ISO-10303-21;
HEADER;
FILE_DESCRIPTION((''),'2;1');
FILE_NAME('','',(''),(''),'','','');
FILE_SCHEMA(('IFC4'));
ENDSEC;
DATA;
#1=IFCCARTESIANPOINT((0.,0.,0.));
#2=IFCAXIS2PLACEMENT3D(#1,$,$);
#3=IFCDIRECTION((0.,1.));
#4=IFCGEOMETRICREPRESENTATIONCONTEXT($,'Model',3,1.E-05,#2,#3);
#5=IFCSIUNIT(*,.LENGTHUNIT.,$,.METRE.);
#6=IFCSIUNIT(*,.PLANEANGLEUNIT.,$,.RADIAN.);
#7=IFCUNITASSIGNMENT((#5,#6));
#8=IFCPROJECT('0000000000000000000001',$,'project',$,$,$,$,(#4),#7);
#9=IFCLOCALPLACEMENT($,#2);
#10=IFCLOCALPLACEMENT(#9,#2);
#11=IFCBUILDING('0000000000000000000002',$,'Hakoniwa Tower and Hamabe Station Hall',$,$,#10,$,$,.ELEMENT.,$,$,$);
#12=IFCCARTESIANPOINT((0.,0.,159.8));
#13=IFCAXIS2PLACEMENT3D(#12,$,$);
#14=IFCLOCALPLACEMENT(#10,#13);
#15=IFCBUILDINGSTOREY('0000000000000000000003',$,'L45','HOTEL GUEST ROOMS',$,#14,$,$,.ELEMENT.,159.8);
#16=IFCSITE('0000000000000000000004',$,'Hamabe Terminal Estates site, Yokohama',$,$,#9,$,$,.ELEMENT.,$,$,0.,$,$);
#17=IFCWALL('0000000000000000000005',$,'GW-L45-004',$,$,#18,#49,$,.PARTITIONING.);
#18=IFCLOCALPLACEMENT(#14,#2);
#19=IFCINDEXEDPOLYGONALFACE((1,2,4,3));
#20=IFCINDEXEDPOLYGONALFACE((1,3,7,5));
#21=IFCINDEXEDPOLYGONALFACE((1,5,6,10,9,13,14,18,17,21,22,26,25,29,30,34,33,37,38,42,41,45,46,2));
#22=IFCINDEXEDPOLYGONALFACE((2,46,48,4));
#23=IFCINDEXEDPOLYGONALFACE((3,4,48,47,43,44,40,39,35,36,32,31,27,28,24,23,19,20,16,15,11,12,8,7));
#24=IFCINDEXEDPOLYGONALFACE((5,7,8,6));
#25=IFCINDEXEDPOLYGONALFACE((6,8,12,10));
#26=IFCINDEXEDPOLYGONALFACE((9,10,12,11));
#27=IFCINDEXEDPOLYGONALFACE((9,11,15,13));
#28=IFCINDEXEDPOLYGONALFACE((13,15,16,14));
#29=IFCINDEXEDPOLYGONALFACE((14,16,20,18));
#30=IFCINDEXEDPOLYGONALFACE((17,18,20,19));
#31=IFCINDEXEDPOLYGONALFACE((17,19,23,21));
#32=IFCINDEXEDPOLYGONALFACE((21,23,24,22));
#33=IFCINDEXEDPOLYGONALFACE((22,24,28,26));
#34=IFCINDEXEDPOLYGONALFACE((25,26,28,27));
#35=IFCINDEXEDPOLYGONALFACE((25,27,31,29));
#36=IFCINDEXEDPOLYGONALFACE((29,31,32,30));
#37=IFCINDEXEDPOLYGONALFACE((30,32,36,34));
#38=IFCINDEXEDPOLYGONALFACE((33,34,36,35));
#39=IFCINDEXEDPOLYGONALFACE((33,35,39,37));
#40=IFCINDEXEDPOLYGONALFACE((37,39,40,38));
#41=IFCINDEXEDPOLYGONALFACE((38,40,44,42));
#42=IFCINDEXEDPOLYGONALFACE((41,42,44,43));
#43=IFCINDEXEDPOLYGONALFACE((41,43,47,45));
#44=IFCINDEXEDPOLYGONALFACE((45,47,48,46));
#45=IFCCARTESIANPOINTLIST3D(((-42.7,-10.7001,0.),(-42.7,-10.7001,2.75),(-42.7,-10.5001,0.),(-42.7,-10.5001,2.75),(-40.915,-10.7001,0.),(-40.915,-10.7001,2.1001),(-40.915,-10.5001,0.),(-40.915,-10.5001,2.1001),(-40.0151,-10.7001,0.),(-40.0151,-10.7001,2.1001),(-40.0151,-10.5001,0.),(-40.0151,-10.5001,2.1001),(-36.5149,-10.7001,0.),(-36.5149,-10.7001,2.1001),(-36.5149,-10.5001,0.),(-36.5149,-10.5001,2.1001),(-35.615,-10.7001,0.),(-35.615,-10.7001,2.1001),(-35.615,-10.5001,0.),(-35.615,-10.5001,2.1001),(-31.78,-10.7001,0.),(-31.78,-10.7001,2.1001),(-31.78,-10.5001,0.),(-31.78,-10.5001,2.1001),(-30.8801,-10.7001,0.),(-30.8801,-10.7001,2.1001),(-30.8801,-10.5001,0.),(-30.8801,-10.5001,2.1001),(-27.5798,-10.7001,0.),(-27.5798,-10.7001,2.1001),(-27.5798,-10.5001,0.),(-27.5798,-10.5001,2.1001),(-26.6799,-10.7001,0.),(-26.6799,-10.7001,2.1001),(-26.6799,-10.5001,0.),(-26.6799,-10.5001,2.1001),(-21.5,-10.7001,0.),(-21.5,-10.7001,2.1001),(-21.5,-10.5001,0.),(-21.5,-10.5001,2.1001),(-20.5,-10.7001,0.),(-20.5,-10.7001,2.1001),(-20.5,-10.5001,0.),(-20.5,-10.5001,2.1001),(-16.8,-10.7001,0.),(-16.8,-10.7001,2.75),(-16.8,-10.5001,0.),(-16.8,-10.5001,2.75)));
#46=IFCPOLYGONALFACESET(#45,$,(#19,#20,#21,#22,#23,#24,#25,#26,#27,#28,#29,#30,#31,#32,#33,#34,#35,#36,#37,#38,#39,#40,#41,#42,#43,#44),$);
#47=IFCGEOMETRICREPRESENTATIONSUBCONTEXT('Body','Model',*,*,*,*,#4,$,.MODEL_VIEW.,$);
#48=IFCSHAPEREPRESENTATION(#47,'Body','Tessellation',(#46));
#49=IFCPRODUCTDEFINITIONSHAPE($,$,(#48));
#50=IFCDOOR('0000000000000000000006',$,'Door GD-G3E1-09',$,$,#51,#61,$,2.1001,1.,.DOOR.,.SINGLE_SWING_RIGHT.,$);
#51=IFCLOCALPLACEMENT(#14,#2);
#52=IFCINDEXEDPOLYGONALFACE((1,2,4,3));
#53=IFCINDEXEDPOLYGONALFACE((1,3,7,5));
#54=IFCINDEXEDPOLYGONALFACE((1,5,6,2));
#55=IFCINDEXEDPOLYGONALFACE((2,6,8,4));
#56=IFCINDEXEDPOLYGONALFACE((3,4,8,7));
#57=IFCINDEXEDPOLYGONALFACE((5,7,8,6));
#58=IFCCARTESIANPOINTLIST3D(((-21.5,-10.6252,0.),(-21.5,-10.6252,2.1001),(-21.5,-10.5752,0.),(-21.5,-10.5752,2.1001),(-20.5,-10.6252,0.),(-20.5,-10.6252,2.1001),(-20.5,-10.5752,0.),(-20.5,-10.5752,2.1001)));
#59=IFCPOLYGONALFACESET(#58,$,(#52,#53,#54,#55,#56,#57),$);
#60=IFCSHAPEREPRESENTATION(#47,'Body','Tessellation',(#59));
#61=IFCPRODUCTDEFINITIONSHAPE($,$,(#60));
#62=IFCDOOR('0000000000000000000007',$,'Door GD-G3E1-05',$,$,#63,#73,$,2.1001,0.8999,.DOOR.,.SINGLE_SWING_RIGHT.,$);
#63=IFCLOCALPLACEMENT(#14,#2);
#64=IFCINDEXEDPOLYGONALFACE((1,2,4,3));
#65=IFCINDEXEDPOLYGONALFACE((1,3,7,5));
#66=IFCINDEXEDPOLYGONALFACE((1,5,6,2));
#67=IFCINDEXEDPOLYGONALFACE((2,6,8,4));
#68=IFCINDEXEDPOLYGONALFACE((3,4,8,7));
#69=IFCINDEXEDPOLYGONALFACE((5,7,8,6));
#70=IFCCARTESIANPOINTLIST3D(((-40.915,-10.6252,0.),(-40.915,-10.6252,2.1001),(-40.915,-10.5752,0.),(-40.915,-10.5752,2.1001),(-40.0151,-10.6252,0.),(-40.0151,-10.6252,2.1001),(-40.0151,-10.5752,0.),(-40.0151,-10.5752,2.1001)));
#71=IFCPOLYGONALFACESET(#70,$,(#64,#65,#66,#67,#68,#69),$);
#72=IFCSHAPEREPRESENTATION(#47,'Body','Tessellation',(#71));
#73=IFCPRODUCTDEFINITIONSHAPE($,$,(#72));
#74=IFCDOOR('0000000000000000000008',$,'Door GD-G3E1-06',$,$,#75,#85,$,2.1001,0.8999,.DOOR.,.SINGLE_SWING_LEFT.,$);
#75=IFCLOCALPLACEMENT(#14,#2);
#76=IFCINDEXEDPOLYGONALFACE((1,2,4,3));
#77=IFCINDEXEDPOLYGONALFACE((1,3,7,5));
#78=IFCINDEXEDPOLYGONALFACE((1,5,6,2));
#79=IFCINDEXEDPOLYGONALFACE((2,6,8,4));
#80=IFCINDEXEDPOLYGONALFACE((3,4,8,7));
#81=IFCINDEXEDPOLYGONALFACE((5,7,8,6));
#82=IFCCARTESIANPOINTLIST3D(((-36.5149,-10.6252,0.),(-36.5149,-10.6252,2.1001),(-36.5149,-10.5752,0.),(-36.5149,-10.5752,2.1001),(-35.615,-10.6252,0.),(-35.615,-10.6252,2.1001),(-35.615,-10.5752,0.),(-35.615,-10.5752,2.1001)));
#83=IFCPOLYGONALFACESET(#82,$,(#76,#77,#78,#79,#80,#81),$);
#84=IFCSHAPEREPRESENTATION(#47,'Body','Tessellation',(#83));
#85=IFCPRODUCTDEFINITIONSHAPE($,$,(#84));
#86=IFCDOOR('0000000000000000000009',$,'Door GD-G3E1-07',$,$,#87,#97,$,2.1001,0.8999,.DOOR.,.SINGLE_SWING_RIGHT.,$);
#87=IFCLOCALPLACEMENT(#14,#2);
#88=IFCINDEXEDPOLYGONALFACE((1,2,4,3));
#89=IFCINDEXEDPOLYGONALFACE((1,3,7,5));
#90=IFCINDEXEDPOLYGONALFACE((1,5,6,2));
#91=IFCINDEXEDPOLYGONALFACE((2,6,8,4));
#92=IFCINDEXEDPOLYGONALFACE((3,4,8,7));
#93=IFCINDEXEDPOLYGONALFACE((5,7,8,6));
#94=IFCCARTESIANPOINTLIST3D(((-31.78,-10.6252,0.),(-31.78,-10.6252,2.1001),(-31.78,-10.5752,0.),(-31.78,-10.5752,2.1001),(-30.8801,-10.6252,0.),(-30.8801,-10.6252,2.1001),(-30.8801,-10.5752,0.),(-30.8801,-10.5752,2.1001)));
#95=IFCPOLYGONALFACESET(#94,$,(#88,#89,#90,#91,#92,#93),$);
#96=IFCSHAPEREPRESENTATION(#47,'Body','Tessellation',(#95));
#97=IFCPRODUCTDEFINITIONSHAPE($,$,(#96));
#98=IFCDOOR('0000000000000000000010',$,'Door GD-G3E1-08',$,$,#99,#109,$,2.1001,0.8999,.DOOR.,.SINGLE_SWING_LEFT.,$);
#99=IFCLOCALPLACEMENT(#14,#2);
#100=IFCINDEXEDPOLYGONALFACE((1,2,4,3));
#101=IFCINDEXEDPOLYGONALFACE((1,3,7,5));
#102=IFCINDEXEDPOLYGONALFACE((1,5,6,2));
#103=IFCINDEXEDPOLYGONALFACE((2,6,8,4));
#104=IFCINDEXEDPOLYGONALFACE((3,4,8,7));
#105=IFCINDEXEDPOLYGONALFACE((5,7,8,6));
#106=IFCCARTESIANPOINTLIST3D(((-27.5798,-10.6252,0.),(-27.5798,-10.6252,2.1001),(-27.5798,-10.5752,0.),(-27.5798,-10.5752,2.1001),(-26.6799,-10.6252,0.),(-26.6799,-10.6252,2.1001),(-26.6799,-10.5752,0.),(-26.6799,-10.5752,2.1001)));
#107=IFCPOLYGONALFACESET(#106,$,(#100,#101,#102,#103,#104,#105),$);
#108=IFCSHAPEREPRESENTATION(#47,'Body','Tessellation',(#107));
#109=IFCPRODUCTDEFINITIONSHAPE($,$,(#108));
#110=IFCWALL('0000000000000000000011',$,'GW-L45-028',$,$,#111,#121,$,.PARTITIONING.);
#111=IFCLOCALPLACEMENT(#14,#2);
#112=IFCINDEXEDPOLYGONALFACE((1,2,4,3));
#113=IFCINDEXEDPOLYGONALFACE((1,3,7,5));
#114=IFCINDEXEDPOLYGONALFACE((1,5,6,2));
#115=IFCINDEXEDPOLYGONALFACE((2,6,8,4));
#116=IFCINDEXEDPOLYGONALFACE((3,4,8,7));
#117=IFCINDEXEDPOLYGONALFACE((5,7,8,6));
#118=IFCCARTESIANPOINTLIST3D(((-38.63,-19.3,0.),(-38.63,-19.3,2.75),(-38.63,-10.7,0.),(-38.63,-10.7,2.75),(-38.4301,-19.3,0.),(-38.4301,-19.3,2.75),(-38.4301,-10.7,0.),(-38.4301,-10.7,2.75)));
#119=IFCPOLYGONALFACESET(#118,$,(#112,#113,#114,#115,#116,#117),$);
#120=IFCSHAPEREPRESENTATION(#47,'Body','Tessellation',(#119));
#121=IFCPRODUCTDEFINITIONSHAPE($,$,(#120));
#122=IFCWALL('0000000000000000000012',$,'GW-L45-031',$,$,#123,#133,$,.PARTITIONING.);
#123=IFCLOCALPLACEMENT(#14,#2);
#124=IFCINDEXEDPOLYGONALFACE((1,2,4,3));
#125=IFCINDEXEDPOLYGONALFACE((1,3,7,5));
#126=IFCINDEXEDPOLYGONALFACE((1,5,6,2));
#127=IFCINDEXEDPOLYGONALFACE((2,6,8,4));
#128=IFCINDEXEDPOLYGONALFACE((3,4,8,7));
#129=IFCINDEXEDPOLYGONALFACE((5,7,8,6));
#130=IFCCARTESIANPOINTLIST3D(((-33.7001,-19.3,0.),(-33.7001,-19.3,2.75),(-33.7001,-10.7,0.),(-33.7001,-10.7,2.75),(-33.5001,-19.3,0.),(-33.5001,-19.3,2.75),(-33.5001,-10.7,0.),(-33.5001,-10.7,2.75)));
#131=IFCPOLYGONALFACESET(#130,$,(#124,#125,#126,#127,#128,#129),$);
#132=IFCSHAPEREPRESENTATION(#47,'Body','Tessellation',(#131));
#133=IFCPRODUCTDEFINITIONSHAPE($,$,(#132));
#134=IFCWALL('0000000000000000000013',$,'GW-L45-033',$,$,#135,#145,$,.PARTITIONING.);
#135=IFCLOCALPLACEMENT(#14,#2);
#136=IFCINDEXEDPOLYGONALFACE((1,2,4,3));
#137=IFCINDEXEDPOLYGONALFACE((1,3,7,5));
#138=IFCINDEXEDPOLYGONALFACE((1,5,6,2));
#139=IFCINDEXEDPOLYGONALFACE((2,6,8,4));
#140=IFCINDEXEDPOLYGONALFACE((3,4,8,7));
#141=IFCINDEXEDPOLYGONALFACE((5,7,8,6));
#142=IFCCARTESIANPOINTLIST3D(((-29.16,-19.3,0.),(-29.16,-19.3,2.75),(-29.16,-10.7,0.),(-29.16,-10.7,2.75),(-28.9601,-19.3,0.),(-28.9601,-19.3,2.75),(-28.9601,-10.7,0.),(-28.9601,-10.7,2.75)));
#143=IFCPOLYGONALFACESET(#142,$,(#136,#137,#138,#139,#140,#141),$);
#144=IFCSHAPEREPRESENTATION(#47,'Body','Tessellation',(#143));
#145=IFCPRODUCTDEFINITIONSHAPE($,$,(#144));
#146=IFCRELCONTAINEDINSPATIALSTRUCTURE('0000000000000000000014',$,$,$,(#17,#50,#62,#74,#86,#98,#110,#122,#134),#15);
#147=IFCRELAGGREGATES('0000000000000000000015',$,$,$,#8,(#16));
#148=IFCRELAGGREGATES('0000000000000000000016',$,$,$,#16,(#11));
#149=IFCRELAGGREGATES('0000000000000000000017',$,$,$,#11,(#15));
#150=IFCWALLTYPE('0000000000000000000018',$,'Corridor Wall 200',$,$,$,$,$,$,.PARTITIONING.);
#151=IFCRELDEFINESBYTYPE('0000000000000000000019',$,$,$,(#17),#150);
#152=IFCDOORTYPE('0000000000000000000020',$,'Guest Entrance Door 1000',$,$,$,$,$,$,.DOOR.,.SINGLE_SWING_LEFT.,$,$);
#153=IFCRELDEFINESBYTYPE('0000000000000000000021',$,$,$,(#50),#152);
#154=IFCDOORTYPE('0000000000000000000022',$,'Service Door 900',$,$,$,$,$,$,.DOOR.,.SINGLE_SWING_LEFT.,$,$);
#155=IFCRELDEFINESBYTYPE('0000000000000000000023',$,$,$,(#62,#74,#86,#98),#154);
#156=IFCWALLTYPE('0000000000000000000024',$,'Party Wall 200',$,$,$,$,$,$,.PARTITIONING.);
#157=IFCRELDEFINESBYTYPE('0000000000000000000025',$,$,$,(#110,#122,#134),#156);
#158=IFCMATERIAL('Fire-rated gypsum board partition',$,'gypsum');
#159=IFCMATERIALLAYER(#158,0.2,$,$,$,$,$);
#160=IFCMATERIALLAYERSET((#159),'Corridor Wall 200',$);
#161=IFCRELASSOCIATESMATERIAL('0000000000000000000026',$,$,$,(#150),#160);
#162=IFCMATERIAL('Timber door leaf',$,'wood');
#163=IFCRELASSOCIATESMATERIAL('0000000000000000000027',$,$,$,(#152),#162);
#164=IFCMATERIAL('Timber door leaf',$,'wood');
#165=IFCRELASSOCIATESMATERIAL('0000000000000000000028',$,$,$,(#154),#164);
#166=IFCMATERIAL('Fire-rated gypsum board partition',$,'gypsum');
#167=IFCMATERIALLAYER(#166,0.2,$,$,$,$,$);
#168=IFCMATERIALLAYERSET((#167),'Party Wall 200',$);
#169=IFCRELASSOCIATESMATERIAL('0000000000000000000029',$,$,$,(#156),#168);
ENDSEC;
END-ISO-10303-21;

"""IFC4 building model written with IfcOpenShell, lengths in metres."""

from ifc_helpers import new_model, si_unit, direction, frame, frame_2d, origin, place, context, subcontext, project, spatial, rectangle, extrude, material, layer, layer_set, type_object, element, fill, save


model = new_model("IFC4")

# Units and contexts
model_context = context("Model", 3, precision=1e-05, world=origin(), true_north=direction((0.0, 1.0)))
body_context = subcontext(model_context, "Body", "Model", "MODEL_VIEW")
ifc_project = project(units=[si_unit("LENGTHUNIT", "METRE"), si_unit("PLANEANGLEUNIT", "RADIAN")], contexts=[model_context])

# Site, building, storey
site_placement = place(None, origin())
site = spatial("IfcSite", under=ifc_project, at=site_placement, Name="Hamabe Terminal Estates site, Yokohama", CompositionType="ELEMENT", RefElevation=0.0)
building_placement = place(site_placement, origin())
building = spatial("IfcBuilding", under=site, at=building_placement, Name="Hakoniwa Tower and Hamabe Station Hall", CompositionType="ELEMENT")
storey_placement = place(building_placement, frame((0.0, 0.0, 159.8)))
storey = spatial("IfcBuildingStorey", under=building, at=storey_placement, Name="L45", Description="HOTEL GUEST ROOMS", CompositionType="ELEMENT", Elevation=159.8)

# Wall, openings, doors
ifc_material_1 = material(Name="Fire-rated gypsum board partition", Category="gypsum")
ifc_layer_1 = layer(ifc_material_1, 0.2)
ifc_layer_set_1 = layer_set([ifc_layer_1], Name="Corridor Wall 200")
wall_type_1 = type_object("IfcWallType", Name="Corridor Wall 200", PredefinedType="PARTITIONING", material=ifc_layer_set_1)
wall_1_placement = place(storey_placement, frame((-42.7, -10.6001, 0.0), z_axis=(0.0, 0.0, 1.0), x_axis=(1.0, 0.0, 0.0)))
wall_1 = element("IfcWall", 1, at=wall_1_placement, inside=storey, type_object=wall_type_1, Name="GW-L45-004", PredefinedType="PARTITIONING", context=body_context, shape_type="SweptSolid", body=[
    extrude(rectangle(XDim=25.8999, YDim=0.2, at=frame_2d((12.95, 0.0))), origin(), (0.0, 0.0, 1.0), 2.75),
])
opening_1_placement = place(wall_1_placement, frame((1.7849, 0.0, 0.0)))
opening_1 = element("IfcOpeningElement", 2, at=opening_1_placement, cuts=wall_1, PredefinedType="OPENING", context=body_context, shape_type="SweptSolid", body=[
    extrude(rectangle(XDim=0.8999, YDim=2.1001, at=frame_2d((0.45, 1.05))), frame((0.0, 0.1099, 0.0), z_axis=(0.0, -1.0, 0.0), x_axis=(1.0, 0.0, 0.0)), (0.0, 0.0, 1.0), 0.22),
])
opening_2_placement = place(wall_1_placement, frame((6.1851, 0.0, 0.0)))
opening_2 = element("IfcOpeningElement", 3, at=opening_2_placement, cuts=wall_1, PredefinedType="OPENING", context=body_context, shape_type="SweptSolid", body=[
    extrude(rectangle(XDim=0.8999, YDim=2.1001, at=frame_2d((0.45, 1.05))), frame((0.0, 0.1099, 0.0), z_axis=(0.0, -1.0, 0.0), x_axis=(1.0, 0.0, 0.0)), (0.0, 0.0, 1.0), 0.22),
])
opening_3_placement = place(wall_1_placement, frame((10.9199, 0.0, 0.0)))
opening_3 = element("IfcOpeningElement", 4, at=opening_3_placement, cuts=wall_1, PredefinedType="OPENING", context=body_context, shape_type="SweptSolid", body=[
    extrude(rectangle(XDim=0.8999, YDim=2.1001, at=frame_2d((0.45, 1.05))), frame((0.0, 0.1099, 0.0), z_axis=(0.0, -1.0, 0.0), x_axis=(1.0, 0.0, 0.0)), (0.0, 0.0, 1.0), 0.22),
])
opening_4_placement = place(wall_1_placement, frame((15.1201, 0.0, 0.0)))
opening_4 = element("IfcOpeningElement", 5, at=opening_4_placement, cuts=wall_1, PredefinedType="OPENING", context=body_context, shape_type="SweptSolid", body=[
    extrude(rectangle(XDim=0.8999, YDim=2.1001, at=frame_2d((0.45, 1.05))), frame((0.0, 0.1099, 0.0), z_axis=(0.0, -1.0, 0.0), x_axis=(1.0, 0.0, 0.0)), (0.0, 0.0, 1.0), 0.22),
])
opening_5_placement = place(wall_1_placement, frame((21.2, 0.0, 0.0)))
opening_5 = element("IfcOpeningElement", 6, at=opening_5_placement, cuts=wall_1, PredefinedType="OPENING", context=body_context, shape_type="SweptSolid", body=[
    extrude(rectangle(XDim=1.0, YDim=2.1001, at=frame_2d((0.5, 1.05))), frame((0.0, 0.1099, 0.0), z_axis=(0.0, -1.0, 0.0), x_axis=(1.0, 0.0, 0.0)), (0.0, 0.0, 1.0), 0.22),
])
ifc_material_2 = material(Name="Timber door leaf", Category="wood")
door_type_1 = type_object("IfcDoorType", Name="Guest Entrance Door 1000", OperationType="SINGLE_SWING_LEFT", PredefinedType="DOOR", material=ifc_material_2)
door_1_placement = place(opening_5_placement, origin())
door_1 = element("IfcDoor", 7, at=door_1_placement, inside=storey, type_object=door_type_1, Name="Door GD-G3E1-09", OperationType="SINGLE_SWING_RIGHT", OverallHeight=2.1001, OverallWidth=1.0, PredefinedType="DOOR", context=body_context, shape_type="SweptSolid", body=[
    extrude(rectangle(XDim=1.0, YDim=2.1001, at=frame_2d((0.5, 1.05))), frame((0.0, 0.0249, 0.0), z_axis=(0.0, -1.0, 0.0), x_axis=(1.0, 0.0, 0.0)), (0.0, 0.0, 1.0), 0.05),
])
fill(opening_5, door_1)
ifc_material_3 = material(Name="Timber door leaf", Category="wood")
door_type_2 = type_object("IfcDoorType", Name="Service Door 900", OperationType="SINGLE_SWING_LEFT", PredefinedType="DOOR", material=ifc_material_3)
door_2_placement = place(opening_1_placement, origin())
door_2 = element("IfcDoor", 8, at=door_2_placement, inside=storey, type_object=door_type_2, Name="Door GD-G3E1-05", OperationType="SINGLE_SWING_RIGHT", OverallHeight=2.1001, OverallWidth=0.8999, PredefinedType="DOOR", context=body_context, shape_type="SweptSolid", body=[
    extrude(rectangle(XDim=0.8999, YDim=2.1001, at=frame_2d((0.45, 1.05))), frame((0.0, 0.0249, 0.0), z_axis=(0.0, -1.0, 0.0), x_axis=(1.0, 0.0, 0.0)), (0.0, 0.0, 1.0), 0.05),
])
fill(opening_1, door_2)
door_3_placement = place(opening_2_placement, origin())
door_3 = element("IfcDoor", 9, at=door_3_placement, inside=storey, type_object=door_type_2, Name="Door GD-G3E1-06", OperationType="SINGLE_SWING_LEFT", OverallHeight=2.1001, OverallWidth=0.8999, PredefinedType="DOOR", context=body_context, shape_type="SweptSolid", body=[
    extrude(rectangle(XDim=0.8999, YDim=2.1001, at=frame_2d((0.45, 1.05))), frame((0.0, 0.0249, 0.0), z_axis=(0.0, -1.0, 0.0), x_axis=(1.0, 0.0, 0.0)), (0.0, 0.0, 1.0), 0.05),
])
fill(opening_2, door_3)
door_4_placement = place(opening_3_placement, origin())
door_4 = element("IfcDoor", 10, at=door_4_placement, inside=storey, type_object=door_type_2, Name="Door GD-G3E1-07", OperationType="SINGLE_SWING_RIGHT", OverallHeight=2.1001, OverallWidth=0.8999, PredefinedType="DOOR", context=body_context, shape_type="SweptSolid", body=[
    extrude(rectangle(XDim=0.8999, YDim=2.1001, at=frame_2d((0.45, 1.05))), frame((0.0, 0.0249, 0.0), z_axis=(0.0, -1.0, 0.0), x_axis=(1.0, 0.0, 0.0)), (0.0, 0.0, 1.0), 0.05),
])
fill(opening_3, door_4)
door_5_placement = place(opening_4_placement, origin())
door_5 = element("IfcDoor", 11, at=door_5_placement, inside=storey, type_object=door_type_2, Name="Door GD-G3E1-08", OperationType="SINGLE_SWING_LEFT", OverallHeight=2.1001, OverallWidth=0.8999, PredefinedType="DOOR", context=body_context, shape_type="SweptSolid", body=[
    extrude(rectangle(XDim=0.8999, YDim=2.1001, at=frame_2d((0.45, 1.05))), frame((0.0, 0.0249, 0.0), z_axis=(0.0, -1.0, 0.0), x_axis=(1.0, 0.0, 0.0)), (0.0, 0.0, 1.0), 0.05),
])
fill(opening_4, door_5)

# Walls
ifc_material_4 = material(Name="Fire-rated gypsum board partition", Category="gypsum")
ifc_layer_2 = layer(ifc_material_4, 0.2)
ifc_layer_set_2 = layer_set([ifc_layer_2], Name="Party Wall 200")
wall_type_2 = type_object("IfcWallType", Name="Party Wall 200", PredefinedType="PARTITIONING", material=ifc_layer_set_2)
for number, where, z_axis, x_axis, name in (
    (12, (-38.53, -19.3, 0.0), (0.0, 0.0, 1.0), (0.0, 1.0, 0.0), "GW-L45-028"),
    (13, (-33.6001, -19.3, 0.0), (0.0, 0.0, 1.0), (0.0, 1.0, 0.0), "GW-L45-031"),
    (14, (-29.0601, -19.3, 0.0), (0.0, 0.0, 1.0), (0.0, 1.0, 0.0), "GW-L45-033"),
):
    element("IfcWall", number, at=place(storey_placement, frame(where, z_axis=z_axis, x_axis=x_axis)), inside=storey, type_object=wall_type_2, Name=name, PredefinedType="PARTITIONING", context=body_context, shape_type="SweptSolid", body=[
        extrude(rectangle(XDim=8.6001, YDim=0.2, at=frame_2d((4.3, 0.0))), origin(), (0.0, 0.0, 1.0), 2.75),
    ])

save(model, "model.ifc")
